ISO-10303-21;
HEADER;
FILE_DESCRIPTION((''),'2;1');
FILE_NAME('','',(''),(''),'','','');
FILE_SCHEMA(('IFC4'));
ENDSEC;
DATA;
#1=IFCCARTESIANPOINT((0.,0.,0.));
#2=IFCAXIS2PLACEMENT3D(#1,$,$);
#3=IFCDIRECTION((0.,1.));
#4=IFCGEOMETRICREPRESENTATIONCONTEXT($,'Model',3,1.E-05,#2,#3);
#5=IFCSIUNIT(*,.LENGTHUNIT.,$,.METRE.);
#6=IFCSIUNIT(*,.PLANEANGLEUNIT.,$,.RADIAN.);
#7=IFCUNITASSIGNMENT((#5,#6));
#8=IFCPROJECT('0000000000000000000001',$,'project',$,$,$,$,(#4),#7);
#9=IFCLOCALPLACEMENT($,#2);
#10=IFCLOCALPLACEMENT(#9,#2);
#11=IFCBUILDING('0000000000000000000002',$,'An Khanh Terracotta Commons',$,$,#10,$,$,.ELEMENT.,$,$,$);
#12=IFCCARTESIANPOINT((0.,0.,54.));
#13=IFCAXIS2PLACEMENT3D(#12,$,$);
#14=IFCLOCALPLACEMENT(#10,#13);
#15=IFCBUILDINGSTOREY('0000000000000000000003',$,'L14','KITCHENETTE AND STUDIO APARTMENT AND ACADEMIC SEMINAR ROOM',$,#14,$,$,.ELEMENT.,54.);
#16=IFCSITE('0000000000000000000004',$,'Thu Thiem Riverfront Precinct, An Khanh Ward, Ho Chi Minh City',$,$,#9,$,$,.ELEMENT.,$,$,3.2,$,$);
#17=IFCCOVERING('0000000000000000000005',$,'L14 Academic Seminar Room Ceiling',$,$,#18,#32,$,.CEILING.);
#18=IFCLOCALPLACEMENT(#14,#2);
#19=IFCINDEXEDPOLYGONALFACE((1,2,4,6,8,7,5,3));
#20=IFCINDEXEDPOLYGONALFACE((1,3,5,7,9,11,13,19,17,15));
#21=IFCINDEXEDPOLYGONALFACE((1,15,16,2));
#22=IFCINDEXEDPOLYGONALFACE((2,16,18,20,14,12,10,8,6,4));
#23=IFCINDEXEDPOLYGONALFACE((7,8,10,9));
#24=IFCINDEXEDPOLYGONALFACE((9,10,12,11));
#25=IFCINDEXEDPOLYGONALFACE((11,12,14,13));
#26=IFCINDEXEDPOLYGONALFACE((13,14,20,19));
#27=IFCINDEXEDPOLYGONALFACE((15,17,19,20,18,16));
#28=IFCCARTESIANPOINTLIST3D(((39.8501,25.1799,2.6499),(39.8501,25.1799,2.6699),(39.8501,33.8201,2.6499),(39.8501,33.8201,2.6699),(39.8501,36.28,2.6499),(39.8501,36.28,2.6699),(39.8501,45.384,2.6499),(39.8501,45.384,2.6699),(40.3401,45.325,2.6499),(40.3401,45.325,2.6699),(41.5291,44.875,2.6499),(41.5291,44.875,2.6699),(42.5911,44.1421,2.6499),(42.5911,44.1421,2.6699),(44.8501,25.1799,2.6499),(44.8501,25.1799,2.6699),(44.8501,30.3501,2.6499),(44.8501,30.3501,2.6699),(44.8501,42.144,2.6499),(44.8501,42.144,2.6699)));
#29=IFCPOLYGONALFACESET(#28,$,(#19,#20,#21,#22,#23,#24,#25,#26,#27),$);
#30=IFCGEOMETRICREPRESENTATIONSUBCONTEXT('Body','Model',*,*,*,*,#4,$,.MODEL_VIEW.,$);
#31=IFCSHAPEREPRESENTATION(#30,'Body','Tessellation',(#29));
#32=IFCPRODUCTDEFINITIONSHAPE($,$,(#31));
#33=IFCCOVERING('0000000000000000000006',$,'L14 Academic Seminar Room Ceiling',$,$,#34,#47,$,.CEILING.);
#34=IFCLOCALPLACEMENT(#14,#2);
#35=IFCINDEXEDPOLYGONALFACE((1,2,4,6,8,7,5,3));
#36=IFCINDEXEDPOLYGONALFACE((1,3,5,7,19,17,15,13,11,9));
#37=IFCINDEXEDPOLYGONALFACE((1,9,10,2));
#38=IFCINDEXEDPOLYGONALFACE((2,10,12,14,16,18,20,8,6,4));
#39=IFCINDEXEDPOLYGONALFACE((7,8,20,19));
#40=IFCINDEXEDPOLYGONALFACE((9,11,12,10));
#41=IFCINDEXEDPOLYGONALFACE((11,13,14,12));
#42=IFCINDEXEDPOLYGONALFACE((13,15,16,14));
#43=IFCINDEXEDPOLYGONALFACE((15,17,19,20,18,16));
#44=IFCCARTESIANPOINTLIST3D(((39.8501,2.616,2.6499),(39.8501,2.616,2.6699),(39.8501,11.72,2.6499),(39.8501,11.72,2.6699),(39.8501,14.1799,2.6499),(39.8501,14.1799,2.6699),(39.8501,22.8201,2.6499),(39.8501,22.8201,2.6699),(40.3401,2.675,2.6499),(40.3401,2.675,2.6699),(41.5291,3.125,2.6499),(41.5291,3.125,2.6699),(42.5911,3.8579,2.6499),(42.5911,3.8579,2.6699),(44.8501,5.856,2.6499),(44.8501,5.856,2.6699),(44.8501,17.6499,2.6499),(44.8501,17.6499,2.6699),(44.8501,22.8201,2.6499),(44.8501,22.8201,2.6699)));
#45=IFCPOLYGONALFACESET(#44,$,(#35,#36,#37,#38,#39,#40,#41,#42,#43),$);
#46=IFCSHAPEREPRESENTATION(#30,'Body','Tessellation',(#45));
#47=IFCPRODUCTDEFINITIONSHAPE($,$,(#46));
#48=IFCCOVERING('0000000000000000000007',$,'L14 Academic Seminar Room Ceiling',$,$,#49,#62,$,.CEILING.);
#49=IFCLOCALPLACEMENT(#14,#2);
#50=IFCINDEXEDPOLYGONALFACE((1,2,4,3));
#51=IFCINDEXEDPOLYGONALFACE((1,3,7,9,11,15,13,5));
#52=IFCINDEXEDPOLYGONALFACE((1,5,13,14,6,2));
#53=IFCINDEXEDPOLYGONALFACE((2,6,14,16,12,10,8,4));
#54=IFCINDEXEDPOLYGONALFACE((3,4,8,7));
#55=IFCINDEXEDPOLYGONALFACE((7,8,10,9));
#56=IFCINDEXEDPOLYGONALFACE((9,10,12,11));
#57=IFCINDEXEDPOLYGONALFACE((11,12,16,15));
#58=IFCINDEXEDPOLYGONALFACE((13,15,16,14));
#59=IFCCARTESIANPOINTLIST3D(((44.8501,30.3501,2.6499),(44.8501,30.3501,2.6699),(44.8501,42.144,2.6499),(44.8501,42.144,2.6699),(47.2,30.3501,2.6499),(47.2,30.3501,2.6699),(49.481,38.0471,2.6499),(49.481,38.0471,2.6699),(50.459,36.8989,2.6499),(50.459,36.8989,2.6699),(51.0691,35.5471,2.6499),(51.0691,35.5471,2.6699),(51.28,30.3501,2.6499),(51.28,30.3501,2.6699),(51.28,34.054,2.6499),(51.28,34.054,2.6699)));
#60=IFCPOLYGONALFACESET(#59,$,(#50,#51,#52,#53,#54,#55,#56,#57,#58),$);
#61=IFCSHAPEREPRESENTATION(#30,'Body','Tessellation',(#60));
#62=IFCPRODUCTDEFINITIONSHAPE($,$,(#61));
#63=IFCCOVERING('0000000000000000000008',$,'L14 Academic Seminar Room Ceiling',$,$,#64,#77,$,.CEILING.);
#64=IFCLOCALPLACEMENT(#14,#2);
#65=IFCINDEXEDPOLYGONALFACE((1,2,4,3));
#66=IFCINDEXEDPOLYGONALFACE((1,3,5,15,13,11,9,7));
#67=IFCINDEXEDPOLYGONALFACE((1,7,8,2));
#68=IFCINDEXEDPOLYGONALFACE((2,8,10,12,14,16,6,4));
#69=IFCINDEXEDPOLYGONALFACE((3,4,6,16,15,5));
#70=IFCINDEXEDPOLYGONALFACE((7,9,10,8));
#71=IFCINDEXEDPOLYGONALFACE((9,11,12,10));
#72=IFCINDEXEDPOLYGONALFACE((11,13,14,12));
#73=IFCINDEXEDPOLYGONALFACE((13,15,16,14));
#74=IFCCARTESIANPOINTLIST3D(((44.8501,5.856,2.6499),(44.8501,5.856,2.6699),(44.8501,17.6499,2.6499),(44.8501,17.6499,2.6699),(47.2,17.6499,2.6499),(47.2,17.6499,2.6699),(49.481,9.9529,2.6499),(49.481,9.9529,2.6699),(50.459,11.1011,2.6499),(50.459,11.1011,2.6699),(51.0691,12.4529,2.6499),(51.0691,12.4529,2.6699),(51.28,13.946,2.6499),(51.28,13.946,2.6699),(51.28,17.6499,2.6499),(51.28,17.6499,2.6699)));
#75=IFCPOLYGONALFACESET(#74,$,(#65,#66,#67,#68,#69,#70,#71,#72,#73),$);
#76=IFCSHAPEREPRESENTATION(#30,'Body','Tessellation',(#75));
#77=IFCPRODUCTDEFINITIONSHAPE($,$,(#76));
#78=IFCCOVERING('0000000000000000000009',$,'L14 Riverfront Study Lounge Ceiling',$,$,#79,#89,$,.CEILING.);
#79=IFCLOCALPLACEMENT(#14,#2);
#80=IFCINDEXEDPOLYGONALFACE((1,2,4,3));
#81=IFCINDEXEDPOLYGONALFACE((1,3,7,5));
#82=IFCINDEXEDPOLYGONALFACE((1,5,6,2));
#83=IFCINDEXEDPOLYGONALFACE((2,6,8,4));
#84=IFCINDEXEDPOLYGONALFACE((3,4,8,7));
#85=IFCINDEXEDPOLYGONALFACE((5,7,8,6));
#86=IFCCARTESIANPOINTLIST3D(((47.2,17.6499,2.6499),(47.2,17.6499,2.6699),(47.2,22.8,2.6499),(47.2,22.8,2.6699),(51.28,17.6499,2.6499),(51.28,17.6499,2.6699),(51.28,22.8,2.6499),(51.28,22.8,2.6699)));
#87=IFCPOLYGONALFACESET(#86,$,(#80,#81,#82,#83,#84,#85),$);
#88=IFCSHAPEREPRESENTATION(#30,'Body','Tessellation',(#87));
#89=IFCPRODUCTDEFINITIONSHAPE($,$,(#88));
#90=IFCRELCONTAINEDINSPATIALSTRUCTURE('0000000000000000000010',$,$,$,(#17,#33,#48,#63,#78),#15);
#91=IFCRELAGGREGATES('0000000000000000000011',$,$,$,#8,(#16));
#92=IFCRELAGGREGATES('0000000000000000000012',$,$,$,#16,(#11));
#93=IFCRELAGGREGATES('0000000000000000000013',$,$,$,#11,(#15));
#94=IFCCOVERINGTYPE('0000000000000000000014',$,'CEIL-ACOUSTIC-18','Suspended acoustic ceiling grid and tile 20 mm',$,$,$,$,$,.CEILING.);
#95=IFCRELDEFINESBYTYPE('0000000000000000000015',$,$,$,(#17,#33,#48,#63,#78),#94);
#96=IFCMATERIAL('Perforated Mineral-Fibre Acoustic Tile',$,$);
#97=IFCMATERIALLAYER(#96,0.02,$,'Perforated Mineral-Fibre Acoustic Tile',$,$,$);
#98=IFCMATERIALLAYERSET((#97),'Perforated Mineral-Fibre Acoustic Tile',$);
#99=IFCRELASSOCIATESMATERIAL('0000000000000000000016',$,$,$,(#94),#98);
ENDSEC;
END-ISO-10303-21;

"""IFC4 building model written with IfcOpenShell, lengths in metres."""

from ifc_helpers import new_model, si_unit, direction, frame, origin, place, context, subcontext, project, spatial, polyline, outline, extrude, material, layer, layer_set, type_object, element, save


model = new_model("IFC4")

# Units and contexts
model_context = context("Model", 3, precision=1e-05, world=origin(), true_north=direction((0.0, 1.0)))
body_context = subcontext(model_context, "Body", "Model", "MODEL_VIEW")
ifc_project = project(units=[si_unit("LENGTHUNIT", "METRE"), si_unit("PLANEANGLEUNIT", "RADIAN")], contexts=[model_context])

# Site, building, storey
site_placement = place(None, origin())
site = spatial("IfcSite", under=ifc_project, at=site_placement, Name="Thu Thiem Riverfront Precinct, An Khanh Ward, Ho Chi Minh City", CompositionType="ELEMENT", RefElevation=3.2)
building_placement = place(site_placement, origin())
building = spatial("IfcBuilding", under=site, at=building_placement, Name="An Khanh Terracotta Commons", CompositionType="ELEMENT")
storey_placement = place(building_placement, frame((0.0, 0.0, 54.0)))
storey = spatial("IfcBuildingStorey", under=building, at=storey_placement, Name="L14", Description="KITCHENETTE AND STUDIO APARTMENT AND ACADEMIC SEMINAR ROOM", CompositionType="ELEMENT", Elevation=54.0)

# Coverings
ifc_material_1 = material(Name="Perforated Mineral-Fibre Acoustic Tile")
ifc_layer_1 = layer(ifc_material_1, 0.02, Name="Perforated Mineral-Fibre Acoustic Tile")
ifc_layer_set_1 = layer_set([ifc_layer_1], Name="Perforated Mineral-Fibre Acoustic Tile")
covering_type = type_object("IfcCoveringType", Name="CEIL-ACOUSTIC-18", Description="Suspended acoustic ceiling grid and tile 20 mm", PredefinedType="CEILING", material=ifc_layer_set_1)
covering_1_placement = place(storey_placement, frame((0.0, 0.0, 2.6499)))
element("IfcCovering", 1, at=covering_1_placement, inside=storey, type_object=covering_type, Name="L14 Academic Seminar Room Ceiling", PredefinedType="CEILING", context=body_context, shape_type="SweptSolid", body=[
    extrude(outline(polyline([(40.3401, 45.325), (41.5291, 44.875), (42.5911, 44.1421), (44.8501, 42.144), (44.8501, 30.3501), (44.8501, 25.1799), (39.8501, 25.1799), (39.8501, 33.8201), (39.8501, 36.28), (39.8501, 45.384), (40.3401, 45.325)])), origin(), (0.0, 0.0, 1.0), 0.02),
])
covering_2_placement = place(storey_placement, frame((0.0, 0.0, 2.6499)))
element("IfcCovering", 2, at=covering_2_placement, inside=storey, type_object=covering_type, Name="L14 Academic Seminar Room Ceiling", PredefinedType="CEILING", context=body_context, shape_type="SweptSolid", body=[
    extrude(outline(polyline([(42.5911, 3.8579), (41.5291, 3.125), (40.3401, 2.675), (39.8501, 2.616), (39.8501, 11.72), (39.8501, 14.1799), (39.8501, 22.8201), (44.8501, 22.8201), (44.8501, 17.6499), (44.8501, 5.856), (42.5911, 3.8579)])), origin(), (0.0, 0.0, 1.0), 0.02),
])
covering_3_placement = place(storey_placement, frame((0.0, 0.0, 2.6499)))
element("IfcCovering", 3, at=covering_3_placement, inside=storey, type_object=covering_type, Name="L14 Academic Seminar Room Ceiling", PredefinedType="CEILING", context=body_context, shape_type="SweptSolid", body=[
    extrude(outline(polyline([(49.481, 38.0471), (50.459, 36.8989), (51.0691, 35.5471), (51.28, 34.054), (51.28, 30.3501), (47.2, 30.3501), (44.8501, 30.3501), (44.8501, 42.144), (49.481, 38.0471)])), origin(), (0.0, 0.0, 1.0), 0.02),
])
covering_4_placement = place(storey_placement, frame((0.0, 0.0, 2.6499)))
element("IfcCovering", 4, at=covering_4_placement, inside=storey, type_object=covering_type, Name="L14 Academic Seminar Room Ceiling", PredefinedType="CEILING", context=body_context, shape_type="SweptSolid", body=[
    extrude(outline(polyline([(51.28, 13.946), (51.0691, 12.4529), (50.459, 11.1011), (49.481, 9.9529), (44.8501, 5.856), (44.8501, 17.6499), (47.2, 17.6499), (51.28, 17.6499), (51.28, 13.946)])), origin(), (0.0, 0.0, 1.0), 0.02),
])
covering_5_placement = place(storey_placement, frame((0.0, 0.0, 2.6499)))
element("IfcCovering", 5, at=covering_5_placement, inside=storey, type_object=covering_type, Name="L14 Riverfront Study Lounge Ceiling", PredefinedType="CEILING", context=body_context, shape_type="SweptSolid", body=[
    extrude(outline(polyline([(51.28, 17.6499), (47.2, 17.6499), (47.2, 22.8), (51.28, 22.8), (51.28, 17.6499)])), origin(), (0.0, 0.0, 1.0), 0.02),
])

save(model, "model.ifc")
